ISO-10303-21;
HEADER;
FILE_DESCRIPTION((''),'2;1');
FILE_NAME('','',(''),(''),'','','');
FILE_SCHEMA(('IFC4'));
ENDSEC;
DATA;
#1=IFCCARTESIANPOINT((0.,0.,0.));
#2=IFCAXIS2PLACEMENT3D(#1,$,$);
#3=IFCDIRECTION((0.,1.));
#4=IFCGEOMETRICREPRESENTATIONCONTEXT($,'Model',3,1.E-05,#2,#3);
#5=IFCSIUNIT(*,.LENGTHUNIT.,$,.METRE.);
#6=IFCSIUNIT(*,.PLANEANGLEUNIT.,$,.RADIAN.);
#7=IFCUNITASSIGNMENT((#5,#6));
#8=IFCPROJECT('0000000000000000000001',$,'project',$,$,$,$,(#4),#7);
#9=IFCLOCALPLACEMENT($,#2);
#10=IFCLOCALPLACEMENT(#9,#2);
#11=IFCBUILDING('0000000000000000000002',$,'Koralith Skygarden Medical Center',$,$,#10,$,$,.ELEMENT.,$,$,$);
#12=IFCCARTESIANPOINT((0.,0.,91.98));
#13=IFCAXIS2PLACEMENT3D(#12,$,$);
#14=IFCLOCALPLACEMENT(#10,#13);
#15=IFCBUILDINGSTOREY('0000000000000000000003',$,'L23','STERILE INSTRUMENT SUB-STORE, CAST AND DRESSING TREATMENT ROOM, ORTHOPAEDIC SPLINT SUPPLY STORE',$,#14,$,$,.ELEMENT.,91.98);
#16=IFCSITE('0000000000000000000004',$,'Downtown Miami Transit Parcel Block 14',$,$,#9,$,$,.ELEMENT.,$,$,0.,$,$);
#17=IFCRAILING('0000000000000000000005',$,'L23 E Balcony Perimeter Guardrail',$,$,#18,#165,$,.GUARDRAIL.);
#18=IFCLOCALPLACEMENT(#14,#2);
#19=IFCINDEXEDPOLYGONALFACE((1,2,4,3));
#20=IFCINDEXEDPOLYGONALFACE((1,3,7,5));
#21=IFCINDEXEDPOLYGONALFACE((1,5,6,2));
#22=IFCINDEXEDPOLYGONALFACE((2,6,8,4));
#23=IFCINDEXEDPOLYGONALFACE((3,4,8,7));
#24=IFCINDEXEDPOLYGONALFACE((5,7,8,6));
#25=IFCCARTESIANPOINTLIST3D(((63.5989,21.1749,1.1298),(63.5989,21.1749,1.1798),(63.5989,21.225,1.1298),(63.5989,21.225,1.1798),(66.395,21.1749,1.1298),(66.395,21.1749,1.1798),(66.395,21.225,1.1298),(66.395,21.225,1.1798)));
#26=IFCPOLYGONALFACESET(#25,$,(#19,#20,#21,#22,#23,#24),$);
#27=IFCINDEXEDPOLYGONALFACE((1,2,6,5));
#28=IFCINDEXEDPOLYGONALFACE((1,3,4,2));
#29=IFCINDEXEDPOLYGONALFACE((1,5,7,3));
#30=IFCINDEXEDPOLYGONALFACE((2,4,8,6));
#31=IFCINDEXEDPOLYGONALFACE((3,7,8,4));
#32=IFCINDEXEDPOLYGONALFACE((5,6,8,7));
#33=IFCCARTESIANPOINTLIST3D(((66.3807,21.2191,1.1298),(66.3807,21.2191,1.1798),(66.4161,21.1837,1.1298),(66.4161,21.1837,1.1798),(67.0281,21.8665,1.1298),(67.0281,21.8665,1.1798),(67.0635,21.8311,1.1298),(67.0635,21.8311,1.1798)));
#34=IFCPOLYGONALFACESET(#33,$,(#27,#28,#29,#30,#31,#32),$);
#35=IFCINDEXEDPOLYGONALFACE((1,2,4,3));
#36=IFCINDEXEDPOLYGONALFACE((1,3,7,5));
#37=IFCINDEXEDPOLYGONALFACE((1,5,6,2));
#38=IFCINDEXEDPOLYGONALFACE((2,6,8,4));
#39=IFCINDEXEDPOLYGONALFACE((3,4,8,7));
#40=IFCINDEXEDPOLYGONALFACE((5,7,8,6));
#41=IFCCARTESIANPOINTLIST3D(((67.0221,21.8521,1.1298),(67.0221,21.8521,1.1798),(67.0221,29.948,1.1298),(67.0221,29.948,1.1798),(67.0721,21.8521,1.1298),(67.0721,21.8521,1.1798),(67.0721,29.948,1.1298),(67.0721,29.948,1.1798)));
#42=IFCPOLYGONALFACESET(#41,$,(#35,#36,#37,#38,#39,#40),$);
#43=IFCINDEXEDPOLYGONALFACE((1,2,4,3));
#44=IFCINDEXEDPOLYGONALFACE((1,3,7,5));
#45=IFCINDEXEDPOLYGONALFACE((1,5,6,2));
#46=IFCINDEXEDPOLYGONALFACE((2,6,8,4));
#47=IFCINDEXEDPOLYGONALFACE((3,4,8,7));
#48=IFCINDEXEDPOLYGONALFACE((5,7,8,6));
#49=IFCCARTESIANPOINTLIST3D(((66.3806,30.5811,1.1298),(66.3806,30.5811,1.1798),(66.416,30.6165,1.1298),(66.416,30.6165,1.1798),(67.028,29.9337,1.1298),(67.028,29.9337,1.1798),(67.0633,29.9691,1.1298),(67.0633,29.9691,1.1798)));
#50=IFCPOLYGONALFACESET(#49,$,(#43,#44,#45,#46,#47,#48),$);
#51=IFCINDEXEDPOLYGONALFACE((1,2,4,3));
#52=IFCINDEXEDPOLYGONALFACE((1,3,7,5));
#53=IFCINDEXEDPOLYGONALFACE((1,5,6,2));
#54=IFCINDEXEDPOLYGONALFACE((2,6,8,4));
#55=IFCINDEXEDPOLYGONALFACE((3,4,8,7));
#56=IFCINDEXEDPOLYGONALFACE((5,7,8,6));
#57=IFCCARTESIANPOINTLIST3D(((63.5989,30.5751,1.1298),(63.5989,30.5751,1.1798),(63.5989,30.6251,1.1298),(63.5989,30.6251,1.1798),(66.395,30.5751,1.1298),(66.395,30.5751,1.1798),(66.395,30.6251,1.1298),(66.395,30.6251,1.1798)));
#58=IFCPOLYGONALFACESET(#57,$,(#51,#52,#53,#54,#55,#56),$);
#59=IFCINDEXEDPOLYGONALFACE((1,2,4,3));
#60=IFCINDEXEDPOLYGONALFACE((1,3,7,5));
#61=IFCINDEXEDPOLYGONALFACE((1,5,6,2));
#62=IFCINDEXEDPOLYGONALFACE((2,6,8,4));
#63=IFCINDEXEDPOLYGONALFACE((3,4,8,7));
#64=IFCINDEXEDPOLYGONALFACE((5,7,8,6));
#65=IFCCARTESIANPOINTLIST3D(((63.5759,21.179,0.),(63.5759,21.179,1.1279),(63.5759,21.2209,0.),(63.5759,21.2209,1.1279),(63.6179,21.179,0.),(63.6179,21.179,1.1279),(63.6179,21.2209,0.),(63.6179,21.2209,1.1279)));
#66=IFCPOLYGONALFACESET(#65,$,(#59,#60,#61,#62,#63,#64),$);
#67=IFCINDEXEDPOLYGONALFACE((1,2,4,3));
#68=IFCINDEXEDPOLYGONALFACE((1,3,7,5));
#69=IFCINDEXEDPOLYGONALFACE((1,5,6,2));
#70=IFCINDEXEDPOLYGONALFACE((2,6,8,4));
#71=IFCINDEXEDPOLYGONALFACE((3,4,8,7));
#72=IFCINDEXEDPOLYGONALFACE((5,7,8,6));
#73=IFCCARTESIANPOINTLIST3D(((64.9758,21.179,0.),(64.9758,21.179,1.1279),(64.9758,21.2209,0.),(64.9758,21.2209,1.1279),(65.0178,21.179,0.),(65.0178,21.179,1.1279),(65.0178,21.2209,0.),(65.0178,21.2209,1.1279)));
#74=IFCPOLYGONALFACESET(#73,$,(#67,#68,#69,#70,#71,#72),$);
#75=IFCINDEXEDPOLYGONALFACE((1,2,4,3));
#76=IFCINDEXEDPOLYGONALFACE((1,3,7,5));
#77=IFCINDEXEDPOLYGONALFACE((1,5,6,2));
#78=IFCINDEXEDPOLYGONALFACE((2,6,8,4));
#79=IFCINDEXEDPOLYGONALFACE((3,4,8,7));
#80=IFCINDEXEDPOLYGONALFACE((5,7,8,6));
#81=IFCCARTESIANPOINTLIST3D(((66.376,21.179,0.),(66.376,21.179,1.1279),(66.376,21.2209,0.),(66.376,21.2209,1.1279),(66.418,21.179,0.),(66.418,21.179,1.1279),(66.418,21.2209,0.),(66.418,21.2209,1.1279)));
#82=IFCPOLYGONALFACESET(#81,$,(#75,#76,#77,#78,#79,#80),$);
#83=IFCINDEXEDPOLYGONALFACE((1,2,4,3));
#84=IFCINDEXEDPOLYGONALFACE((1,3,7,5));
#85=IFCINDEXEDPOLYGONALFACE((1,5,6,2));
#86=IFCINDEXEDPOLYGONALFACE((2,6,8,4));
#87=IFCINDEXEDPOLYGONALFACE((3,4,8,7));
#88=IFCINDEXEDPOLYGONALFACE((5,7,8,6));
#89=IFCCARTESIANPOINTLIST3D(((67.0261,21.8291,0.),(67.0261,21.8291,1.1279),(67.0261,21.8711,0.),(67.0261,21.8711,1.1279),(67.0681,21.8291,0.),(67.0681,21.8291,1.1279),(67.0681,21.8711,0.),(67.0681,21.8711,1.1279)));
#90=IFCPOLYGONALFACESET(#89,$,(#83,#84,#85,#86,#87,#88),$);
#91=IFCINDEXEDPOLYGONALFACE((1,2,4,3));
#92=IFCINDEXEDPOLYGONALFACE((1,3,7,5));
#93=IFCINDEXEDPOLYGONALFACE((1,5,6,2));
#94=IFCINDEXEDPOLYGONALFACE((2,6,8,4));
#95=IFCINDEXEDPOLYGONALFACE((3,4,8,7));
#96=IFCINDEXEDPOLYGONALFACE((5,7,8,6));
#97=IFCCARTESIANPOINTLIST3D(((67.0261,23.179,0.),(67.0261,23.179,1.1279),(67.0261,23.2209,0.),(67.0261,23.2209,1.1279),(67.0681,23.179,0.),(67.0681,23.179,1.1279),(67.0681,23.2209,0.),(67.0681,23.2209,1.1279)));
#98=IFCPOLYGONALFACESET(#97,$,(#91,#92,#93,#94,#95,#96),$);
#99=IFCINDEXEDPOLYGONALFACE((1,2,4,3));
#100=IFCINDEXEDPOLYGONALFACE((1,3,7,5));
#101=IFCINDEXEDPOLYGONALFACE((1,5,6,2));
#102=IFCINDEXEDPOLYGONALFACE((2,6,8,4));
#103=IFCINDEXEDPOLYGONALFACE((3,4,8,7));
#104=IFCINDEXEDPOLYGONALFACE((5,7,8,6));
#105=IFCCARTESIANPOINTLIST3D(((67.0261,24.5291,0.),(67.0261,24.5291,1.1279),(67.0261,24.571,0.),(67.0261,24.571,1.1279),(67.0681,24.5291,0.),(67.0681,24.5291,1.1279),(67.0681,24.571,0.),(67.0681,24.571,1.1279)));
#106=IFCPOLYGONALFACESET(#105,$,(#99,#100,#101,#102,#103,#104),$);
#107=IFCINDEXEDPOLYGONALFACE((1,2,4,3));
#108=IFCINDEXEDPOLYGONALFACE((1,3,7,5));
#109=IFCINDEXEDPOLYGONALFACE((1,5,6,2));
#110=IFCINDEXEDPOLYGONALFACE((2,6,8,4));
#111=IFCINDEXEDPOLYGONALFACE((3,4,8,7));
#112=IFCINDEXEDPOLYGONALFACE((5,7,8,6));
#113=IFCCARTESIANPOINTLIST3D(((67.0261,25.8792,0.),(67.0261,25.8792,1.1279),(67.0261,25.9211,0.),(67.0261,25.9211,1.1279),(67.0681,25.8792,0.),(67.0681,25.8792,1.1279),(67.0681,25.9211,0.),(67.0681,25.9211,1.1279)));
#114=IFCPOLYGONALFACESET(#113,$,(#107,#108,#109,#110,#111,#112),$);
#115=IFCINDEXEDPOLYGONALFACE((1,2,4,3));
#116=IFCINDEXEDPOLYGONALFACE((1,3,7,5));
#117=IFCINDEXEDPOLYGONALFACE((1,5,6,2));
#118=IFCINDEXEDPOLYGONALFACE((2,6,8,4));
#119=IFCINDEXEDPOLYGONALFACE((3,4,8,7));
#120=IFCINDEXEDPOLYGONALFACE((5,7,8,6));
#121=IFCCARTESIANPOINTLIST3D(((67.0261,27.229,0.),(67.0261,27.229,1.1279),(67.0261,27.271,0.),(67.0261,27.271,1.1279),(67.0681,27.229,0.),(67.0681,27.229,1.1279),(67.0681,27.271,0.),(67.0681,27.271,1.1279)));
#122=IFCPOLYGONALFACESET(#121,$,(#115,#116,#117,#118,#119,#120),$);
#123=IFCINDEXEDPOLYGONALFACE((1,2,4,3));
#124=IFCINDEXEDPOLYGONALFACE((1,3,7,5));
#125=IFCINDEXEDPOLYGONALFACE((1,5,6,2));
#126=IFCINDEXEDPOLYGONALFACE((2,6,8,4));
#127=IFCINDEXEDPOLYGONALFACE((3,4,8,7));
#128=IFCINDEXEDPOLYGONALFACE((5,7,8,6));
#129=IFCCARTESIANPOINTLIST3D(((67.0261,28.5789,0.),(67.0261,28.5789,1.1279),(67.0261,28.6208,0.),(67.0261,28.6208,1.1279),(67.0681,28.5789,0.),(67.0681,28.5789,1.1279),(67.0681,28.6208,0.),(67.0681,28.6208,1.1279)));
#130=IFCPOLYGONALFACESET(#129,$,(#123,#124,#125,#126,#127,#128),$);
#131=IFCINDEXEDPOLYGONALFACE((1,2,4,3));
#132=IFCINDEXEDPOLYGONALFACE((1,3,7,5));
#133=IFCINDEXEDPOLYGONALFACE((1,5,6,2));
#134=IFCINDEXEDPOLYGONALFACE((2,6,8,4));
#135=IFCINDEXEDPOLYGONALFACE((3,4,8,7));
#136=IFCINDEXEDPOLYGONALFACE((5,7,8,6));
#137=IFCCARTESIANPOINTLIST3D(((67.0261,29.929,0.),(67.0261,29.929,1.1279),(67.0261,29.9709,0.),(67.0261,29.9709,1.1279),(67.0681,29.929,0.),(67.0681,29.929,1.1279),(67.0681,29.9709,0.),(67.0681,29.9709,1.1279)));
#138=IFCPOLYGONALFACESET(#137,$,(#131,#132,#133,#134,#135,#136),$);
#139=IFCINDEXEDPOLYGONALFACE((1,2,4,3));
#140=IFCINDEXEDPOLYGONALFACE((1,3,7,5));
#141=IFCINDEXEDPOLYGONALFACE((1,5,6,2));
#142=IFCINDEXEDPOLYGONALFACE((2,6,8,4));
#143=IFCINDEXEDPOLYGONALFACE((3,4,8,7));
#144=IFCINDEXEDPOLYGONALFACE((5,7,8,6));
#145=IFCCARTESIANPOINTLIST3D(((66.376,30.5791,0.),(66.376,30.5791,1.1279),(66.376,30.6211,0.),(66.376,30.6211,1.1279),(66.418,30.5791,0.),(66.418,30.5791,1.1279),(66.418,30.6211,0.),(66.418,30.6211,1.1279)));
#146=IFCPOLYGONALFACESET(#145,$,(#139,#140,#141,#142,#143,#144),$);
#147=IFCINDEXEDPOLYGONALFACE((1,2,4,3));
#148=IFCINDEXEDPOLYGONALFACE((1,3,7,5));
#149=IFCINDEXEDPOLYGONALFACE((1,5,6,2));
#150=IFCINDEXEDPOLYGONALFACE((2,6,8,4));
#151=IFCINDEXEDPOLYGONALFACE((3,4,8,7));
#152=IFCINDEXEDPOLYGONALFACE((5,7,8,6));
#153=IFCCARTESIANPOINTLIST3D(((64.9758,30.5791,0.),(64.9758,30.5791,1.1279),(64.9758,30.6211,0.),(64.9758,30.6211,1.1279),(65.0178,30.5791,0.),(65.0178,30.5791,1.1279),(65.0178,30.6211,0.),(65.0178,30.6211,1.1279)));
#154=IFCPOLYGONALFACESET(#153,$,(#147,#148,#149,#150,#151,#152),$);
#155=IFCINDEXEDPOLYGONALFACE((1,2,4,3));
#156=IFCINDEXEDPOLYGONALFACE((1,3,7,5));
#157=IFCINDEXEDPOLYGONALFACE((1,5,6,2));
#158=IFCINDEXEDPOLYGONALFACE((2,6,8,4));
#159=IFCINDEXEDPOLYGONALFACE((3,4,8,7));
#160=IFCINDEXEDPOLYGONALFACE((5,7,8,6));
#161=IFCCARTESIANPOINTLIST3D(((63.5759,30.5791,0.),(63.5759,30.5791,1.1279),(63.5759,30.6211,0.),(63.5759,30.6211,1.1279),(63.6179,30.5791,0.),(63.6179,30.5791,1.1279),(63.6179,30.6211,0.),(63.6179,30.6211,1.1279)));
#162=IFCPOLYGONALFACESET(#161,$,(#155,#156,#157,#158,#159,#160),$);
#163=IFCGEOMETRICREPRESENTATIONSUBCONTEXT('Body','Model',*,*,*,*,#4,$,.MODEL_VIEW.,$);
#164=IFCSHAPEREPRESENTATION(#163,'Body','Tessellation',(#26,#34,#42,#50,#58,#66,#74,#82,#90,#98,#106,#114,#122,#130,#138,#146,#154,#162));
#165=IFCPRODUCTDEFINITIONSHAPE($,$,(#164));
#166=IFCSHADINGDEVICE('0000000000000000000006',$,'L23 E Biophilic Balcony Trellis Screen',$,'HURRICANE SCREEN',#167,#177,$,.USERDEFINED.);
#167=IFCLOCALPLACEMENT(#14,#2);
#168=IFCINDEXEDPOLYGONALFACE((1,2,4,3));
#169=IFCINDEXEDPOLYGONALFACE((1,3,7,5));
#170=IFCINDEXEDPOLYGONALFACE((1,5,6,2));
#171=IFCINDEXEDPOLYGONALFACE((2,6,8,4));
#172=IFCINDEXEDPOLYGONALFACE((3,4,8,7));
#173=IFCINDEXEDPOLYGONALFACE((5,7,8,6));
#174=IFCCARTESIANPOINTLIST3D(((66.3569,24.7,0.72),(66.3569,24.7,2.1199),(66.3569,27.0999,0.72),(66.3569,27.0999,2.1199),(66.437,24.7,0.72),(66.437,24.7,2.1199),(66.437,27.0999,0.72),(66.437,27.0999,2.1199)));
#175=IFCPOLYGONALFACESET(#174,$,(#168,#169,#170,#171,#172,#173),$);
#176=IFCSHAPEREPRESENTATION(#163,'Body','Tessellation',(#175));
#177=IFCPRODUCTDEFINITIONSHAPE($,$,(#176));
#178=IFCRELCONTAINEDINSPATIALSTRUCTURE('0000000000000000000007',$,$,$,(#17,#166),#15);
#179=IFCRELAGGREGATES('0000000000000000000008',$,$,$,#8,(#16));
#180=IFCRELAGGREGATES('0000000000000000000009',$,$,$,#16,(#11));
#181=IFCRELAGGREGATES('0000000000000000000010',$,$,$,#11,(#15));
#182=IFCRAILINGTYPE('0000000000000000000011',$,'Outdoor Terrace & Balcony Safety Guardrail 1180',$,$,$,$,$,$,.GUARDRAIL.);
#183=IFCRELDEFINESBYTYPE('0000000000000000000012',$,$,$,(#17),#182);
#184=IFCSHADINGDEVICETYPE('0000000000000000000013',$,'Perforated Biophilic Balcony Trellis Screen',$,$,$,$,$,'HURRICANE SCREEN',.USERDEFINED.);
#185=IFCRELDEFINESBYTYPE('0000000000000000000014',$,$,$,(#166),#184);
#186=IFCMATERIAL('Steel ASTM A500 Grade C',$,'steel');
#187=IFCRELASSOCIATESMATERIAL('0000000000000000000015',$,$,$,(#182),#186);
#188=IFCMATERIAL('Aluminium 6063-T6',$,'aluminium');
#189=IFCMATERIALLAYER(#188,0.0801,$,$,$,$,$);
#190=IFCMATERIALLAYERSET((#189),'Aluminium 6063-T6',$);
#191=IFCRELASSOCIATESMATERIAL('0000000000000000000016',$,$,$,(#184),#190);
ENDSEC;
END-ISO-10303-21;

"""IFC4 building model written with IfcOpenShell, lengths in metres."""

from ifc_helpers import new_model, si_unit, direction, frame, origin, origin_2d, place, context, subcontext, project, spatial, rectangle, extrude, material, layer, layer_set, type_object, element, save


model = new_model("IFC4")

# Units and contexts
model_context = context("Model", 3, precision=1e-05, world=origin(), true_north=direction((0.0, 1.0)))
body_context = subcontext(model_context, "Body", "Model", "MODEL_VIEW")
ifc_project = project(units=[si_unit("LENGTHUNIT", "METRE"), si_unit("PLANEANGLEUNIT", "RADIAN")], contexts=[model_context])

# Site, building, storey
site_placement = place(None, origin())
site = spatial("IfcSite", under=ifc_project, at=site_placement, Name="Downtown Miami Transit Parcel Block 14", CompositionType="ELEMENT", RefElevation=0.0)
building_placement = place(site_placement, origin())
building = spatial("IfcBuilding", under=site, at=building_placement, Name="Koralith Skygarden Medical Center", CompositionType="ELEMENT")
storey_placement = place(building_placement, frame((0.0, 0.0, 91.98)))
storey = spatial("IfcBuildingStorey", under=building, at=storey_placement, Name="L23", Description="STERILE INSTRUMENT SUB-STORE, CAST AND DRESSING TREATMENT ROOM, ORTHOPAEDIC SPLINT SUPPLY STORE", CompositionType="ELEMENT", Elevation=91.98)

# Shared definitions
ifc_material_1 = material(Name="Aluminium 6063-T6", Category="aluminium")

# Railing
ifc_material_2 = material(Name="Steel ASTM A500 Grade C", Category="steel")
railing_type = type_object("IfcRailingType", Name="Outdoor Terrace & Balcony Safety Guardrail 1180", PredefinedType="GUARDRAIL", material=ifc_material_2)
railing_placement = place(storey_placement, frame((63.5969, 21.2, 0.0)))
element("IfcRailing", 1, at=railing_placement, inside=storey, type_object=railing_type, Name="L23 E Balcony Perimeter Guardrail", PredefinedType="GUARDRAIL", context=body_context, shape_type="SweptSolid", body=[
    extrude(rectangle(XDim=0.05, YDim=0.05, at=origin_2d()), frame((0.002, 0.0, 1.1548), z_axis=(1.0, 0.0, 0.0), x_axis=(0.0, 1.0, 0.0)), (0.0, 0.0, 1.0), 2.7961),
    extrude(rectangle(XDim=0.05, YDim=0.05, at=origin_2d()), frame((2.8015, 0.0015, 1.1548), z_axis=(0.707107, 0.707107, 0.0), x_axis=(-0.707107, 0.707107, 0.0)), (0.0, 0.0, 1.0), 0.9155),
    extrude(rectangle(XDim=0.05, YDim=0.05, at=origin_2d()), frame((3.4502, 0.6521, 1.1548), z_axis=(0.0, 1.0, 0.0), x_axis=(-1.0, 0.0, 0.0)), (0.0, 0.0, 1.0), 8.0959),
    extrude(rectangle(XDim=0.05, YDim=0.05, at=origin_2d()), frame((3.4487, 8.7515, 1.1548), z_axis=(-0.707107, 0.707107, 0.0), x_axis=(-0.707107, -0.707107, 0.0)), (0.0, 0.0, 1.0), 0.9155),
    extrude(rectangle(XDim=0.05, YDim=0.05, at=origin_2d()), frame((2.7981, 9.4001, 1.1548), z_axis=(-1.0, 0.0, 0.0), x_axis=(0.0, -1.0, 0.0)), (0.0, 0.0, 1.0), 2.7961),
    extrude(rectangle(XDim=0.042, YDim=0.042, at=origin_2d()), origin(), (0.0, 0.0, 1.0), 1.1279),
    extrude(rectangle(XDim=0.042, YDim=0.042, at=origin_2d()), frame((1.3999, 0.0, 0.0)), (0.0, 0.0, 1.0), 1.1279),
    extrude(rectangle(XDim=0.042, YDim=0.042, at=origin_2d()), frame((2.8, 0.0, 0.0)), (0.0, 0.0, 1.0), 1.1279),
    extrude(rectangle(XDim=0.042, YDim=0.042, at=origin_2d()), frame((3.4502, 0.6501, 0.0)), (0.0, 0.0, 1.0), 1.1279),
    extrude(rectangle(XDim=0.042, YDim=0.042, at=origin_2d()), frame((3.4502, 2.0, 0.0)), (0.0, 0.0, 1.0), 1.1279),
    extrude(rectangle(XDim=0.042, YDim=0.042, at=origin_2d()), frame((3.4502, 3.3501, 0.0)), (0.0, 0.0, 1.0), 1.1279),
    extrude(rectangle(XDim=0.042, YDim=0.042, at=origin_2d()), frame((3.4502, 4.7002, 0.0)), (0.0, 0.0, 1.0), 1.1279),
    extrude(rectangle(XDim=0.042, YDim=0.042, at=origin_2d()), frame((3.4502, 6.05, 0.0)), (0.0, 0.0, 1.0), 1.1279),
    extrude(rectangle(XDim=0.042, YDim=0.042, at=origin_2d()), frame((3.4502, 7.3999, 0.0)), (0.0, 0.0, 1.0), 1.1279),
    extrude(rectangle(XDim=0.042, YDim=0.042, at=origin_2d()), frame((3.4502, 8.75, 0.0)), (0.0, 0.0, 1.0), 1.1279),
    extrude(rectangle(XDim=0.042, YDim=0.042, at=origin_2d()), frame((2.8, 9.4001, 0.0)), (0.0, 0.0, 1.0), 1.1279),
    extrude(rectangle(XDim=0.042, YDim=0.042, at=origin_2d()), frame((1.3999, 9.4001, 0.0)), (0.0, 0.0, 1.0), 1.1279),
    extrude(rectangle(XDim=0.042, YDim=0.042, at=origin_2d()), frame((0.0, 9.4001, 0.0)), (0.0, 0.0, 1.0), 1.1279),
])

# Shading device
ifc_layer_1 = layer(ifc_material_1, 0.0801)
ifc_layer_set_1 = layer_set([ifc_layer_1], Name="Aluminium 6063-T6")
shading_device_type = type_object("IfcShadingDeviceType", Name="Perforated Biophilic Balcony Trellis Screen", ElementType="HURRICANE SCREEN", PredefinedType="USERDEFINED", material=ifc_layer_set_1)
shading_device_placement = place(storey_placement, frame((66.397, 25.8999, 0.72), z_axis=(0.0, 0.0, 1.0), x_axis=(0.0, 1.0, 0.0)))
element("IfcShadingDevice", 2, at=shading_device_placement, inside=storey, type_object=shading_device_type, Name="L23 E Biophilic Balcony Trellis Screen", ObjectType="HURRICANE SCREEN", PredefinedType="USERDEFINED", context=body_context, shape_type="SweptSolid", body=[
    extrude(rectangle(XDim=2.3999, YDim=0.0801, at=origin_2d()), origin(), (0.0, 0.0, 1.0), 1.3999),
])

save(model, "model.ifc")
